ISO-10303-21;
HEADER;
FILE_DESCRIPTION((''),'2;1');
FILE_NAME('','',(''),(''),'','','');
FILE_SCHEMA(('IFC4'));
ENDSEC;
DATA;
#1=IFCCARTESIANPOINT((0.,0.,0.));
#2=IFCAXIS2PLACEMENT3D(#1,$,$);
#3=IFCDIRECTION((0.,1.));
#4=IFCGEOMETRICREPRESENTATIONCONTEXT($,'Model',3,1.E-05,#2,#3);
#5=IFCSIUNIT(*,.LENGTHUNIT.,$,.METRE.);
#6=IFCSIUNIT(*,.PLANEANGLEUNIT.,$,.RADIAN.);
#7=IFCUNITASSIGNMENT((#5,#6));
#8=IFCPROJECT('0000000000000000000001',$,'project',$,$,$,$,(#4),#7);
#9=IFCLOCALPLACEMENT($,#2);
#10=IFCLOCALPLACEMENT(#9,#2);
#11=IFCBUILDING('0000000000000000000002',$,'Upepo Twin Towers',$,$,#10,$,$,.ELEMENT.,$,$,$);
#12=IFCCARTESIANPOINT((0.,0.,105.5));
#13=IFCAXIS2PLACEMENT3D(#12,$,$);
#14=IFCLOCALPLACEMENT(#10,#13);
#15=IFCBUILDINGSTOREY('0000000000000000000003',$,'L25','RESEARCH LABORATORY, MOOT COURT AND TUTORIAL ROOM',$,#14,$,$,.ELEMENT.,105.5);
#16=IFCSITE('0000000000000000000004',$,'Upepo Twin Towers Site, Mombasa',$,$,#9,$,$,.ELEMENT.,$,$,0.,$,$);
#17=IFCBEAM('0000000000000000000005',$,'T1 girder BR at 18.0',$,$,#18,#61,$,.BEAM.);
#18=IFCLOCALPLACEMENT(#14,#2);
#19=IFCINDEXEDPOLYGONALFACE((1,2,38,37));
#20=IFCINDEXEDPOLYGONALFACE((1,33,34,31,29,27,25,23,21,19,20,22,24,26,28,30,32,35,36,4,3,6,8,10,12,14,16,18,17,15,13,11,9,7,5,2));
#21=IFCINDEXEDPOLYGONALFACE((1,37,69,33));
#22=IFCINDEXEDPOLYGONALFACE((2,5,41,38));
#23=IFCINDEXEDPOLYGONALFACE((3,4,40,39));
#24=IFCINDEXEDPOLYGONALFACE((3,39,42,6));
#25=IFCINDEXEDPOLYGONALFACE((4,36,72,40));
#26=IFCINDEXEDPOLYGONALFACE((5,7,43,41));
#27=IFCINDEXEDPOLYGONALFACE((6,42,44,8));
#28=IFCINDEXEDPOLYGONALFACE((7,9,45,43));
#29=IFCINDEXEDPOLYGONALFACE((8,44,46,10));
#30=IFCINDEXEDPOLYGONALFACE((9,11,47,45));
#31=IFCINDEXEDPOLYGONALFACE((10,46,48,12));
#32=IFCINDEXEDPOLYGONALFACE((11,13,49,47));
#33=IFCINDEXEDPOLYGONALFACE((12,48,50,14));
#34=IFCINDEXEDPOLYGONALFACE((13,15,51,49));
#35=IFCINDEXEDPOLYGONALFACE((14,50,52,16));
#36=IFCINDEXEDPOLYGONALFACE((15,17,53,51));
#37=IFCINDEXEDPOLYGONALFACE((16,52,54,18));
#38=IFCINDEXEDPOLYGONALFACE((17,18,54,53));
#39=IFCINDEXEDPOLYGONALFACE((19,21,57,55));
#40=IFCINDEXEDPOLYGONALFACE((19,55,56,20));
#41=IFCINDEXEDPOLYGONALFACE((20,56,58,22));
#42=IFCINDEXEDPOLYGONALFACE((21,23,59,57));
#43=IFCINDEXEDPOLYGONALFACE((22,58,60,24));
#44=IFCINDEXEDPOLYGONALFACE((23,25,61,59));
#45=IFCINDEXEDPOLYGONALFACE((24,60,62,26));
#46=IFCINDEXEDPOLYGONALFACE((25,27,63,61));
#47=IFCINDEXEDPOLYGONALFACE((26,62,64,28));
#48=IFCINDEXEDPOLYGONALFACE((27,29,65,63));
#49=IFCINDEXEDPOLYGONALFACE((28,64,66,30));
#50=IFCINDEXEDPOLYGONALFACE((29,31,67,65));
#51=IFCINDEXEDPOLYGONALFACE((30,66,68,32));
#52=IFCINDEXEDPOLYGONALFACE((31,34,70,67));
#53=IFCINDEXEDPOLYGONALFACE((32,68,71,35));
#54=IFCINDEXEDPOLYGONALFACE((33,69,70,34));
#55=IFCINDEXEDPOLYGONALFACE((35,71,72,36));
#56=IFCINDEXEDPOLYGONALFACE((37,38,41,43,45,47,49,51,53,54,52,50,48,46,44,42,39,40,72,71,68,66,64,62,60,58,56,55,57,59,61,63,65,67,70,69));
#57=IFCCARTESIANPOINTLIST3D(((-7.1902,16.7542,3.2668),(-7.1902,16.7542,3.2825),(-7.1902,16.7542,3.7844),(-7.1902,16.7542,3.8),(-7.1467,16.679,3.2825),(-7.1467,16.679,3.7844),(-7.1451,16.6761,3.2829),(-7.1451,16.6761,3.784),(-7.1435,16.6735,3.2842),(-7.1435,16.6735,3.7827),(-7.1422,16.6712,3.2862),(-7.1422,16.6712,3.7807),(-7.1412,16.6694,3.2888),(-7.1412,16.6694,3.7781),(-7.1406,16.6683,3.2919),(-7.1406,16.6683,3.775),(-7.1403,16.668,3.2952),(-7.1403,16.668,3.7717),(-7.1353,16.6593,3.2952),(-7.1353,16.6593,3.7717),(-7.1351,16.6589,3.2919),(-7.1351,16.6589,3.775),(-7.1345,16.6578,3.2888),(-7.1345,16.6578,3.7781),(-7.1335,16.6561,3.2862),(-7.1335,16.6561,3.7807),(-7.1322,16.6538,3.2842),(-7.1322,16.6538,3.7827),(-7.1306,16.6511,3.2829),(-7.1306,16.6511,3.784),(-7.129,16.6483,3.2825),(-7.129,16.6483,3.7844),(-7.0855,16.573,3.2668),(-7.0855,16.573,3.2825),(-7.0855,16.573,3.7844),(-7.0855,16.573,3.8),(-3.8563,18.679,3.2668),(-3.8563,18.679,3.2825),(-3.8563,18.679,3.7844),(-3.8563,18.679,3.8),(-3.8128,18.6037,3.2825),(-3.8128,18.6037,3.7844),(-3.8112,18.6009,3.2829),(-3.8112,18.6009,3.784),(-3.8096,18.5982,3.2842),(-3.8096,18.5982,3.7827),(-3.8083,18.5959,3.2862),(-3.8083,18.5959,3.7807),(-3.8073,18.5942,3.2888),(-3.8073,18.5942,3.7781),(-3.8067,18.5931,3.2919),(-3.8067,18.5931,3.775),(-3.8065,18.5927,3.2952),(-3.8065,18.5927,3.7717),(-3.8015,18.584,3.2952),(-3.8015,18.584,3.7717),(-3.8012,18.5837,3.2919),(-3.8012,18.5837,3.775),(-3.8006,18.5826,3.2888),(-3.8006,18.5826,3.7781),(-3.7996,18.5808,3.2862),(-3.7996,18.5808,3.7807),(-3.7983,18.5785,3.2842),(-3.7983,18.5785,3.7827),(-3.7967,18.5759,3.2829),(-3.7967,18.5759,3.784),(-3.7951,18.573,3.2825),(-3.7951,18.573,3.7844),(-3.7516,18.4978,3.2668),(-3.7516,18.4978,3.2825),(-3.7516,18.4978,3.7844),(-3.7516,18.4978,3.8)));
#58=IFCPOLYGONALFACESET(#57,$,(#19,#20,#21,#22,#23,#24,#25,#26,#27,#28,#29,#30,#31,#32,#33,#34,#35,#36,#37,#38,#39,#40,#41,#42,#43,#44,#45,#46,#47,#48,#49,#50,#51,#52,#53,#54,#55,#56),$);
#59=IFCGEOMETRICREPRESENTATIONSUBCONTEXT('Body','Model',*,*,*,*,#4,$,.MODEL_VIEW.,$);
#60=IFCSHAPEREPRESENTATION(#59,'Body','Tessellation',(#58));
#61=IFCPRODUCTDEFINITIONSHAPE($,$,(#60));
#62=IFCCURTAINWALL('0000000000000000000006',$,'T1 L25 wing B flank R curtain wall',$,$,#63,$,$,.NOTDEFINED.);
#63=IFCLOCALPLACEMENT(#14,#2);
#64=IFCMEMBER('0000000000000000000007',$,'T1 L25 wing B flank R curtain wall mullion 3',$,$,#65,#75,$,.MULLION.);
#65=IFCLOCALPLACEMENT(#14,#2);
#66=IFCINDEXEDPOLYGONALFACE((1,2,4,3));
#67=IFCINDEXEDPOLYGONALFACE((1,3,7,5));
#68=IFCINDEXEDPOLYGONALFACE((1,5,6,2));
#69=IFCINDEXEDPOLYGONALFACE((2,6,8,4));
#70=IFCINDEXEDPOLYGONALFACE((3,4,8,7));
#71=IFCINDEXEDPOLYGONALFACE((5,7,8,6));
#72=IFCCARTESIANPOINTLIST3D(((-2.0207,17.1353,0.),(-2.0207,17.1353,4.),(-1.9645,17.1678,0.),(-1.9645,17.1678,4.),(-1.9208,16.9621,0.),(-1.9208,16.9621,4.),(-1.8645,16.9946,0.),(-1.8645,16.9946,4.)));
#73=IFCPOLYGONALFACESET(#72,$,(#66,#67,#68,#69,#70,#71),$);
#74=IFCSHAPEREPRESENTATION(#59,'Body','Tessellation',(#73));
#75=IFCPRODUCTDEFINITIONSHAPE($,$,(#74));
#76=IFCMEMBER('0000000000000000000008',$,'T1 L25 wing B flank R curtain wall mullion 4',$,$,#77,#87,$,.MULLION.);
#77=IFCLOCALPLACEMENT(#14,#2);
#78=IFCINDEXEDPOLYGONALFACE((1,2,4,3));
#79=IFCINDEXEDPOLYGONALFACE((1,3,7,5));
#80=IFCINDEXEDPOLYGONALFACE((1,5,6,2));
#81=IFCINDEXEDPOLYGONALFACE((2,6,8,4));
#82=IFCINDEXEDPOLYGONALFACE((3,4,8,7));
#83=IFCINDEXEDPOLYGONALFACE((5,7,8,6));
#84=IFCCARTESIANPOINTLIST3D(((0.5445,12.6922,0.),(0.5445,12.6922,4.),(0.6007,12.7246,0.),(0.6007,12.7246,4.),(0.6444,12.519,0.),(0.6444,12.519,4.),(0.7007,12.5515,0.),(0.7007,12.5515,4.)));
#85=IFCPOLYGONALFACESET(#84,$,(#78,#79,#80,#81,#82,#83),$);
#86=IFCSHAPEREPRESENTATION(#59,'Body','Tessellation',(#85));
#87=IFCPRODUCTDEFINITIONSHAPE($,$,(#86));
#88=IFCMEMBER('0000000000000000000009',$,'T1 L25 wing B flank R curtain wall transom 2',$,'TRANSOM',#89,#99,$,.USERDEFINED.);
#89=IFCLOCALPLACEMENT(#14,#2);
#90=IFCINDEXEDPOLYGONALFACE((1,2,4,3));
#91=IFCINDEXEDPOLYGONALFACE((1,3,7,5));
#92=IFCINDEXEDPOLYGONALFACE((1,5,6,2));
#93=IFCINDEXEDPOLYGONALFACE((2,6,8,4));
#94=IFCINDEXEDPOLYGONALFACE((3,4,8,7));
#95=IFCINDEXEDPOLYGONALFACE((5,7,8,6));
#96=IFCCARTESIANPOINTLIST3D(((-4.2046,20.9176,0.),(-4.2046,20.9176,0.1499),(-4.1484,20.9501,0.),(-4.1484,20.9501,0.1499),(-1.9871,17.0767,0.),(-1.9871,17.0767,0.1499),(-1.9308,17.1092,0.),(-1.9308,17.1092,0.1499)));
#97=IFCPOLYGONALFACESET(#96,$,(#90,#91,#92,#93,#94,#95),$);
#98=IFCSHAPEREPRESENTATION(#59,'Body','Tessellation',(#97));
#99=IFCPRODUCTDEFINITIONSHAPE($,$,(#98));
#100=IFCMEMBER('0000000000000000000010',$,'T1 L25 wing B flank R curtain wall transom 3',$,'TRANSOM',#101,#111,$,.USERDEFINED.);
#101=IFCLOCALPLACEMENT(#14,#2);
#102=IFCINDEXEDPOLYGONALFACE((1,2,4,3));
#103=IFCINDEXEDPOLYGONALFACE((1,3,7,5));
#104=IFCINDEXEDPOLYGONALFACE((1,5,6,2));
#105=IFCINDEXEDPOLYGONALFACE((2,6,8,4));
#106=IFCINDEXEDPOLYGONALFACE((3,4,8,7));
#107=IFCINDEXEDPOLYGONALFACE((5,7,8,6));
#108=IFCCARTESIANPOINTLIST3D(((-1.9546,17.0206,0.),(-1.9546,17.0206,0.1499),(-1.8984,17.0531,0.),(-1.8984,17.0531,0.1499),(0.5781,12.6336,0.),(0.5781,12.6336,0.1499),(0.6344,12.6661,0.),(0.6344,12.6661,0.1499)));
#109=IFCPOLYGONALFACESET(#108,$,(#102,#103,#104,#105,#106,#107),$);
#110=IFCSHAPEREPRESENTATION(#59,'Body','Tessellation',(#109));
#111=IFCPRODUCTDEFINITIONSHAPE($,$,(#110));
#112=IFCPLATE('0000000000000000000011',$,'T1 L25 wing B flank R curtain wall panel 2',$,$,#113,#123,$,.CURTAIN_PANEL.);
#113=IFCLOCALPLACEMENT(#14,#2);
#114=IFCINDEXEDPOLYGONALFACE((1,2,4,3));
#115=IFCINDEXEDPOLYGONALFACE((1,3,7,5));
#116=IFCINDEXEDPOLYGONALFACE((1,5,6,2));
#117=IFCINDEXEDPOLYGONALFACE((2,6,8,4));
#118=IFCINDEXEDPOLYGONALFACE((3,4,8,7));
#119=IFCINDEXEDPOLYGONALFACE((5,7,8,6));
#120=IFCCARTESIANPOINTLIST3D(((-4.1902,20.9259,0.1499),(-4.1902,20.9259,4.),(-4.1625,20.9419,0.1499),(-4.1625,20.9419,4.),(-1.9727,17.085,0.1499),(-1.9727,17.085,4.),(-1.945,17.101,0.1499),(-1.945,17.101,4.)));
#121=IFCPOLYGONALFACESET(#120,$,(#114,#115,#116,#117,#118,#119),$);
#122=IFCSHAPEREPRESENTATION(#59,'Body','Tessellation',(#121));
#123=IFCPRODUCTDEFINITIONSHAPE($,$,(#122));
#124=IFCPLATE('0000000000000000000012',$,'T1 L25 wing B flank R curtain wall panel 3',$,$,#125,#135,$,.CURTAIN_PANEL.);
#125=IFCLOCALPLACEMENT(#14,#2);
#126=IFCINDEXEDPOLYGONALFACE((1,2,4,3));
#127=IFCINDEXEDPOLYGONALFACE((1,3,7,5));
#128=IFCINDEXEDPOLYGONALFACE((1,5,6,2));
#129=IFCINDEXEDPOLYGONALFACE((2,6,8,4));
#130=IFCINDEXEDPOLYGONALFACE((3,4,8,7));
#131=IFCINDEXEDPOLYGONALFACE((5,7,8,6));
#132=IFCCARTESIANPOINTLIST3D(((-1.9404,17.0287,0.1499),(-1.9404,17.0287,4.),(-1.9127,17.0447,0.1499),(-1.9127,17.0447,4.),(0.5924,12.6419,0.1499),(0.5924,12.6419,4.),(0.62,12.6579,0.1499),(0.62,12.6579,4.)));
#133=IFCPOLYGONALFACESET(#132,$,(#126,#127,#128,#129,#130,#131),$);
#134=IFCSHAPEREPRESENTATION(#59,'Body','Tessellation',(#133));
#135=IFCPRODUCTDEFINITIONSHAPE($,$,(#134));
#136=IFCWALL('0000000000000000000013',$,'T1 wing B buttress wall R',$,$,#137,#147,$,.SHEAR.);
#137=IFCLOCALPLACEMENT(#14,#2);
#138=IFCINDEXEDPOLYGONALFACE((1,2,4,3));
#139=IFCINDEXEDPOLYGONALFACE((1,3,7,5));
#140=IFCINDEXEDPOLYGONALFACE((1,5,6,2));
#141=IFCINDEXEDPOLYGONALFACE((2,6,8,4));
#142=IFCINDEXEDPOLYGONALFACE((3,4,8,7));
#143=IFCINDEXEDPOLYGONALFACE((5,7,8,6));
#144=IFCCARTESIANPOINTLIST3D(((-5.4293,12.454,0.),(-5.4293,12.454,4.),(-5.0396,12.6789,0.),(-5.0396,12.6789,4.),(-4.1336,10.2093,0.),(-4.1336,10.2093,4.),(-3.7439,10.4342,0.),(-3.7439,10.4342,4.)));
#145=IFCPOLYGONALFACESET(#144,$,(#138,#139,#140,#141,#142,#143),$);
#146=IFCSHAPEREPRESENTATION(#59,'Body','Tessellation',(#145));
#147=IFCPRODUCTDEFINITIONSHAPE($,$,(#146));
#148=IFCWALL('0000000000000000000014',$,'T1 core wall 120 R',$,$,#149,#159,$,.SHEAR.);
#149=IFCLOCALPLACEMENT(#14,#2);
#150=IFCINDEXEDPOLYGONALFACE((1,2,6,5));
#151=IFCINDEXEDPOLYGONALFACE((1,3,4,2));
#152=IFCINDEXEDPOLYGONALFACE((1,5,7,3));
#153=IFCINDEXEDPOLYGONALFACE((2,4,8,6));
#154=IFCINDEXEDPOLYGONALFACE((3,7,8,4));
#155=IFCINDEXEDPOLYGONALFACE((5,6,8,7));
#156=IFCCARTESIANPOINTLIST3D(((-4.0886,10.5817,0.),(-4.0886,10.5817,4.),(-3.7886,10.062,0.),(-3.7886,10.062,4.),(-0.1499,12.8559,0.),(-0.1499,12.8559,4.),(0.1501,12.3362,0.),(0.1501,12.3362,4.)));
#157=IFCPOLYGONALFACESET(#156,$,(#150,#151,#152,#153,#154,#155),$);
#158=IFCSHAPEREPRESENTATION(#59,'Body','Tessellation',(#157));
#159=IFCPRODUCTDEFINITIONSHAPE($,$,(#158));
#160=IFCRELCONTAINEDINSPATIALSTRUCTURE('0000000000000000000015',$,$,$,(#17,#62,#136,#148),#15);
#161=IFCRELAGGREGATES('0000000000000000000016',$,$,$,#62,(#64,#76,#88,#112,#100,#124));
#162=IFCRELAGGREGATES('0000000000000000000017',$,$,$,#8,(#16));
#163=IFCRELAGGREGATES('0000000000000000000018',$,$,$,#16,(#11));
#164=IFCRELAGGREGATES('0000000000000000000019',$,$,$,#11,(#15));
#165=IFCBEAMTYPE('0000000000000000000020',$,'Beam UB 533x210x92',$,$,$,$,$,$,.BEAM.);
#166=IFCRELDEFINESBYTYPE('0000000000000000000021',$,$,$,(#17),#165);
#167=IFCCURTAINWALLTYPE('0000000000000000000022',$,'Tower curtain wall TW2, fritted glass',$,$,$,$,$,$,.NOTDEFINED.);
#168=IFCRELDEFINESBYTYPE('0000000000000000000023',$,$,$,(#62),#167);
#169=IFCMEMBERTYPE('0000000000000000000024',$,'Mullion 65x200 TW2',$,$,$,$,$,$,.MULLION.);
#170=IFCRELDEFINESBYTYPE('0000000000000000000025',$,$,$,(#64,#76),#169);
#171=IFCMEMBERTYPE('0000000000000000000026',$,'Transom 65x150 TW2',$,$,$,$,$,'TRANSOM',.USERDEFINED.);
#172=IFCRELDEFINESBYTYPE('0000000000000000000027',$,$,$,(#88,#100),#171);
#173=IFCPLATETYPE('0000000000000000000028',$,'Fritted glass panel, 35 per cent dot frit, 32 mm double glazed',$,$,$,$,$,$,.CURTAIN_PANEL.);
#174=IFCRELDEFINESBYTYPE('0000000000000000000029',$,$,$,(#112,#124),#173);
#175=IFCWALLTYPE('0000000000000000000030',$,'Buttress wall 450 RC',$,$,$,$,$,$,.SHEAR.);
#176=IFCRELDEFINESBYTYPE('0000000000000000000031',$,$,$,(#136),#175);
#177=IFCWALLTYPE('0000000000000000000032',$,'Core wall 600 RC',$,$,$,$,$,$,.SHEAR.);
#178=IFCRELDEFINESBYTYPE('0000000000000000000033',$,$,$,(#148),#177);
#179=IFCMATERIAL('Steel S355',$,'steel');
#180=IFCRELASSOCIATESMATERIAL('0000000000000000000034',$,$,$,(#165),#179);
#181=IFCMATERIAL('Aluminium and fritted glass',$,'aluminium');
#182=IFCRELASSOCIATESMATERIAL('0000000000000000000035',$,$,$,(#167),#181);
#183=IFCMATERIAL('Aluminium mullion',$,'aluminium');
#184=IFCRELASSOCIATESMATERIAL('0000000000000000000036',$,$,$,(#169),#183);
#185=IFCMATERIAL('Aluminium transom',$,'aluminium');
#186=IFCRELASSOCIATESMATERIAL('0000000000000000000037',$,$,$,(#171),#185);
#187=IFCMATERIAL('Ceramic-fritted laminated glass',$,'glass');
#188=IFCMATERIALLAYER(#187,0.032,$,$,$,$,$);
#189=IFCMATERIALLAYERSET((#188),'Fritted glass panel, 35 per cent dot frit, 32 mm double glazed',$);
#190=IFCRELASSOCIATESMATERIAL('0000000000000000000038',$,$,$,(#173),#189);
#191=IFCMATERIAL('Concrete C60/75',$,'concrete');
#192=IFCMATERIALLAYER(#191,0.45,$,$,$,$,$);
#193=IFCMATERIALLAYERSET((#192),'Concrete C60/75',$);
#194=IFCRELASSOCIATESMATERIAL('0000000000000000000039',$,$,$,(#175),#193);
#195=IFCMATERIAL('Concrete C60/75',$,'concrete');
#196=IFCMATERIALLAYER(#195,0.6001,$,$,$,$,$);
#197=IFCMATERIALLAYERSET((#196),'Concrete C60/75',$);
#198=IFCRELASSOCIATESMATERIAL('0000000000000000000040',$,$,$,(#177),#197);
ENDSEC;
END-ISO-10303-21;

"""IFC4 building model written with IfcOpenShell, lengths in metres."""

from ifc_helpers import new_model, si_unit, direction, frame, frame_2d, origin, origin_2d, place, context, subcontext, project, spatial, rectangle, i_section, extrude, material, layer, layer_set, material_profile, profile_set, type_object, element, aggregate, save


model = new_model("IFC4")

# Units and contexts
model_context = context("Model", 3, precision=1e-05, world=origin(), true_north=direction((0.0, 1.0)))
body_context = subcontext(model_context, "Body", "Model", "MODEL_VIEW")
ifc_project = project(units=[si_unit("LENGTHUNIT", "METRE"), si_unit("PLANEANGLEUNIT", "RADIAN")], contexts=[model_context])

# Site, building, storey
site_placement = place(None, origin())
site = spatial("IfcSite", under=ifc_project, at=site_placement, Name="Upepo Twin Towers Site, Mombasa", CompositionType="ELEMENT", RefElevation=0.0)
building_placement = place(site_placement, origin())
building = spatial("IfcBuilding", under=site, at=building_placement, Name="Upepo Twin Towers", CompositionType="ELEMENT")
storey_placement = place(building_placement, frame((0.0, 0.0, 105.5)))
storey = spatial("IfcBuildingStorey", under=building, at=storey_placement, Name="L25", Description="RESEARCH LABORATORY, MOOT COURT AND TUTORIAL ROOM", CompositionType="ELEMENT", Elevation=105.5)

# Beam
ifc_material_1 = material(Name="Steel S355", Category="steel")
ifc_material_profile_1 = material_profile(ifc_material_1, i_section(OverallWidth=0.2092, OverallDepth=0.5332, WebThickness=0.01, FlangeThickness=0.0156, FilletRadius=0.0127, at=origin_2d()), Name="UB 533x210x92")
ifc_profile_set_1 = profile_set([ifc_material_profile_1], Name="Steel S355")
beam_type_1 = type_object("IfcBeamType", Name="Beam UB 533x210x92", PredefinedType="BEAM", material=ifc_profile_set_1)
beam_1_placement = place(storey_placement, frame((-3.804, 18.5884, 3.5334), z_axis=(-0.866034, -0.499986, 0.0), x_axis=(0.499986, -0.866034, 0.0)))
element("IfcBeam", 1, at=beam_1_placement, inside=storey, type_object=beam_type_1, Name="T1 girder BR at 18.0", PredefinedType="BEAM", context=body_context, shape_type="SweptSolid", body=[
    extrude(i_section(OverallWidth=0.2092, OverallDepth=0.5332, WebThickness=0.01, FlangeThickness=0.0156, FilletRadius=0.0127, at=origin_2d()), origin(), (0.0, 0.0, 1.0), 3.8496),
])

# Curtain wall, members, plates
ifc_material_2 = material(Name="Aluminium and fritted glass", Category="aluminium")
curtain_wall_type = type_object("IfcCurtainWallType", Name="Tower curtain wall TW2, fritted glass", PredefinedType="NOTDEFINED", material=ifc_material_2)
curtain_wall_placement = place(storey_placement, origin())
curtain_wall = element("IfcCurtainWall", 2, at=curtain_wall_placement, inside=storey, type_object=curtain_wall_type, Name="T1 L25 wing B flank R curtain wall", PredefinedType="NOTDEFINED")
ifc_material_3 = material(Name="Aluminium mullion", Category="aluminium")
ifc_material_profile_2 = material_profile(ifc_material_3, rectangle(XDim=0.0649, YDim=0.2, at=origin_2d()), Name="MULLION 65x200")
ifc_profile_set_2 = profile_set([ifc_material_profile_2], Name="Aluminium mullion")
member_type_1 = type_object("IfcMemberType", Name="Mullion 65x200 TW2", PredefinedType="MULLION", material=ifc_profile_set_2)
member_1_placement = place(storey_placement, frame((-1.9426, 17.0649, 0.0), z_axis=(0.0, 0.0, 1.0), x_axis=(0.866025, 0.5, 0.0)))
member_1 = element("IfcMember", 3, at=member_1_placement, type_object=member_type_1, Name="T1 L25 wing B flank R curtain wall mullion 3", PredefinedType="MULLION", context=body_context, shape_type="SweptSolid", body=[
    extrude(rectangle(XDim=0.0649, YDim=0.2, at=origin_2d()), origin(), (0.0, 0.0, 1.0), 4.0),
])
member_2_placement = place(storey_placement, frame((0.6226, 12.6218, 0.0), z_axis=(0.0, 0.0, 1.0), x_axis=(0.866025, 0.5, 0.0)))
member_2 = element("IfcMember", 4, at=member_2_placement, type_object=member_type_1, Name="T1 L25 wing B flank R curtain wall mullion 4", PredefinedType="MULLION", context=body_context, shape_type="SweptSolid", body=[
    extrude(rectangle(XDim=0.0649, YDim=0.2, at=origin_2d()), origin(), (0.0, 0.0, 1.0), 4.0),
])
ifc_material_4 = material(Name="Aluminium transom", Category="aluminium")
ifc_material_profile_3 = material_profile(ifc_material_4, rectangle(XDim=0.0649, YDim=0.1499, at=origin_2d()), Name="TRANSOM 65x150")
ifc_profile_set_3 = profile_set([ifc_material_profile_3], Name="Aluminium transom")
member_type_2 = type_object("IfcMemberType", Name="Transom 65x150 TW2", ElementType="TRANSOM", PredefinedType="USERDEFINED", material=ifc_profile_set_3)
member_3_placement = place(storey_placement, frame((-4.1765, 20.9338, 0.075), z_axis=(0.500005, -0.866022, 0.0), x_axis=(0.866022, 0.500005, 0.0)))
member_3 = element("IfcMember", 5, at=member_3_placement, type_object=member_type_2, Name="T1 L25 wing B flank R curtain wall transom 2", ObjectType="TRANSOM", PredefinedType="USERDEFINED", context=body_context, shape_type="SweptSolid", body=[
    extrude(rectangle(XDim=0.0649, YDim=0.1499, at=origin_2d()), origin(), (0.0, 0.0, 1.0), 4.4351),
])
member_4_placement = place(storey_placement, frame((-1.9265, 17.0369, 0.075), z_axis=(0.499985, -0.866034, 0.0), x_axis=(0.866034, 0.499985, 0.0)))
member_4 = element("IfcMember", 6, at=member_4_placement, type_object=member_type_2, Name="T1 L25 wing B flank R curtain wall transom 3", ObjectType="TRANSOM", PredefinedType="USERDEFINED", context=body_context, shape_type="SweptSolid", body=[
    extrude(rectangle(XDim=0.0649, YDim=0.1499, at=origin_2d()), origin(), (0.0, 0.0, 1.0), 5.0657),
])
ifc_material_5 = material(Name="Ceramic-fritted laminated glass", Category="glass")
ifc_layer_1 = layer(ifc_material_5, 0.032)
ifc_layer_set_1 = layer_set([ifc_layer_1], Name="Fritted glass panel, 35 per cent dot frit, 32 mm double glazed")
plate_type = type_object("IfcPlateType", Name="Fritted glass panel, 35 per cent dot frit, 32 mm double glazed", PredefinedType="CURTAIN_PANEL", material=ifc_layer_set_1)
plate_1_placement = place(storey_placement, frame((-3.0676, 19.0134, 0.1499), z_axis=(0.0, 0.0, 1.0), x_axis=(0.5, -0.866025, 0.0)))
plate_1 = element("IfcPlate", 7, at=plate_1_placement, type_object=plate_type, Name="T1 L25 wing B flank R curtain wall panel 2", PredefinedType="CURTAIN_PANEL", context=body_context, shape_type="SweptSolid", body=[
    extrude(rectangle(XDim=4.4351, YDim=0.032, at=origin_2d()), origin(), (0.0, 0.0, 1.0), 3.8501),
])
plate_2_placement = place(storey_placement, frame((-0.6602, 14.8433, 0.1499), z_axis=(0.0, 0.0, 1.0), x_axis=(0.5, -0.866025, 0.0)))
plate_2 = element("IfcPlate", 8, at=plate_2_placement, type_object=plate_type, Name="T1 L25 wing B flank R curtain wall panel 3", PredefinedType="CURTAIN_PANEL", context=body_context, shape_type="SweptSolid", body=[
    extrude(rectangle(XDim=5.0654, YDim=0.032, at=origin_2d()), origin(), (0.0, 0.0, 1.0), 3.8501),
])
aggregate(curtain_wall, [member_1, member_2, member_3, plate_1, member_4, plate_2])

# Walls
ifc_material_6 = material(Name="Concrete C60/75", Category="concrete")
ifc_layer_2 = layer(ifc_material_6, 0.45)
ifc_layer_set_2 = layer_set([ifc_layer_2], Name="Concrete C60/75")
wall_type_1 = type_object("IfcWallType", Name="Buttress wall 450 RC", PredefinedType="SHEAR", material=ifc_layer_set_2)
wall_1_placement = place(storey_placement, frame((-3.9387, 10.3218, 0.0), z_axis=(0.0, 0.0, 1.0), x_axis=(-0.499918, 0.866073, 0.0)))
element("IfcWall", 9, at=wall_1_placement, inside=storey, type_object=wall_type_1, Name="T1 wing B buttress wall R", PredefinedType="SHEAR", context=body_context, shape_type="SweptSolid", body=[
    extrude(rectangle(XDim=2.5918, YDim=0.45, at=frame_2d((1.2959, 0.0))), origin(), (0.0, 0.0, 1.0), 4.0),
])
ifc_material_7 = material(Name="Concrete C60/75", Category="concrete")
ifc_layer_3 = layer(ifc_material_7, 0.6001)
ifc_layer_set_3 = layer_set([ifc_layer_3], Name="Concrete C60/75")
wall_type_2 = type_object("IfcWallType", Name="Core wall 600 RC", PredefinedType="SHEAR", material=ifc_layer_set_3)
wall_2_placement = place(storey_placement, frame((0.0, 12.5959, 0.0), z_axis=(0.0, 0.0, 1.0), x_axis=(-0.866011, -0.500024, 0.0)))
element("IfcWall", 10, at=wall_2_placement, inside=storey, type_object=wall_type_2, Name="T1 core wall 120 R", PredefinedType="SHEAR", context=body_context, shape_type="SweptSolid", body=[
    extrude(rectangle(XDim=4.5481, YDim=0.6001, at=frame_2d((2.2739, 0.0))), origin(), (0.0, 0.0, 1.0), 4.0),
])

save(model, "model.ifc")
